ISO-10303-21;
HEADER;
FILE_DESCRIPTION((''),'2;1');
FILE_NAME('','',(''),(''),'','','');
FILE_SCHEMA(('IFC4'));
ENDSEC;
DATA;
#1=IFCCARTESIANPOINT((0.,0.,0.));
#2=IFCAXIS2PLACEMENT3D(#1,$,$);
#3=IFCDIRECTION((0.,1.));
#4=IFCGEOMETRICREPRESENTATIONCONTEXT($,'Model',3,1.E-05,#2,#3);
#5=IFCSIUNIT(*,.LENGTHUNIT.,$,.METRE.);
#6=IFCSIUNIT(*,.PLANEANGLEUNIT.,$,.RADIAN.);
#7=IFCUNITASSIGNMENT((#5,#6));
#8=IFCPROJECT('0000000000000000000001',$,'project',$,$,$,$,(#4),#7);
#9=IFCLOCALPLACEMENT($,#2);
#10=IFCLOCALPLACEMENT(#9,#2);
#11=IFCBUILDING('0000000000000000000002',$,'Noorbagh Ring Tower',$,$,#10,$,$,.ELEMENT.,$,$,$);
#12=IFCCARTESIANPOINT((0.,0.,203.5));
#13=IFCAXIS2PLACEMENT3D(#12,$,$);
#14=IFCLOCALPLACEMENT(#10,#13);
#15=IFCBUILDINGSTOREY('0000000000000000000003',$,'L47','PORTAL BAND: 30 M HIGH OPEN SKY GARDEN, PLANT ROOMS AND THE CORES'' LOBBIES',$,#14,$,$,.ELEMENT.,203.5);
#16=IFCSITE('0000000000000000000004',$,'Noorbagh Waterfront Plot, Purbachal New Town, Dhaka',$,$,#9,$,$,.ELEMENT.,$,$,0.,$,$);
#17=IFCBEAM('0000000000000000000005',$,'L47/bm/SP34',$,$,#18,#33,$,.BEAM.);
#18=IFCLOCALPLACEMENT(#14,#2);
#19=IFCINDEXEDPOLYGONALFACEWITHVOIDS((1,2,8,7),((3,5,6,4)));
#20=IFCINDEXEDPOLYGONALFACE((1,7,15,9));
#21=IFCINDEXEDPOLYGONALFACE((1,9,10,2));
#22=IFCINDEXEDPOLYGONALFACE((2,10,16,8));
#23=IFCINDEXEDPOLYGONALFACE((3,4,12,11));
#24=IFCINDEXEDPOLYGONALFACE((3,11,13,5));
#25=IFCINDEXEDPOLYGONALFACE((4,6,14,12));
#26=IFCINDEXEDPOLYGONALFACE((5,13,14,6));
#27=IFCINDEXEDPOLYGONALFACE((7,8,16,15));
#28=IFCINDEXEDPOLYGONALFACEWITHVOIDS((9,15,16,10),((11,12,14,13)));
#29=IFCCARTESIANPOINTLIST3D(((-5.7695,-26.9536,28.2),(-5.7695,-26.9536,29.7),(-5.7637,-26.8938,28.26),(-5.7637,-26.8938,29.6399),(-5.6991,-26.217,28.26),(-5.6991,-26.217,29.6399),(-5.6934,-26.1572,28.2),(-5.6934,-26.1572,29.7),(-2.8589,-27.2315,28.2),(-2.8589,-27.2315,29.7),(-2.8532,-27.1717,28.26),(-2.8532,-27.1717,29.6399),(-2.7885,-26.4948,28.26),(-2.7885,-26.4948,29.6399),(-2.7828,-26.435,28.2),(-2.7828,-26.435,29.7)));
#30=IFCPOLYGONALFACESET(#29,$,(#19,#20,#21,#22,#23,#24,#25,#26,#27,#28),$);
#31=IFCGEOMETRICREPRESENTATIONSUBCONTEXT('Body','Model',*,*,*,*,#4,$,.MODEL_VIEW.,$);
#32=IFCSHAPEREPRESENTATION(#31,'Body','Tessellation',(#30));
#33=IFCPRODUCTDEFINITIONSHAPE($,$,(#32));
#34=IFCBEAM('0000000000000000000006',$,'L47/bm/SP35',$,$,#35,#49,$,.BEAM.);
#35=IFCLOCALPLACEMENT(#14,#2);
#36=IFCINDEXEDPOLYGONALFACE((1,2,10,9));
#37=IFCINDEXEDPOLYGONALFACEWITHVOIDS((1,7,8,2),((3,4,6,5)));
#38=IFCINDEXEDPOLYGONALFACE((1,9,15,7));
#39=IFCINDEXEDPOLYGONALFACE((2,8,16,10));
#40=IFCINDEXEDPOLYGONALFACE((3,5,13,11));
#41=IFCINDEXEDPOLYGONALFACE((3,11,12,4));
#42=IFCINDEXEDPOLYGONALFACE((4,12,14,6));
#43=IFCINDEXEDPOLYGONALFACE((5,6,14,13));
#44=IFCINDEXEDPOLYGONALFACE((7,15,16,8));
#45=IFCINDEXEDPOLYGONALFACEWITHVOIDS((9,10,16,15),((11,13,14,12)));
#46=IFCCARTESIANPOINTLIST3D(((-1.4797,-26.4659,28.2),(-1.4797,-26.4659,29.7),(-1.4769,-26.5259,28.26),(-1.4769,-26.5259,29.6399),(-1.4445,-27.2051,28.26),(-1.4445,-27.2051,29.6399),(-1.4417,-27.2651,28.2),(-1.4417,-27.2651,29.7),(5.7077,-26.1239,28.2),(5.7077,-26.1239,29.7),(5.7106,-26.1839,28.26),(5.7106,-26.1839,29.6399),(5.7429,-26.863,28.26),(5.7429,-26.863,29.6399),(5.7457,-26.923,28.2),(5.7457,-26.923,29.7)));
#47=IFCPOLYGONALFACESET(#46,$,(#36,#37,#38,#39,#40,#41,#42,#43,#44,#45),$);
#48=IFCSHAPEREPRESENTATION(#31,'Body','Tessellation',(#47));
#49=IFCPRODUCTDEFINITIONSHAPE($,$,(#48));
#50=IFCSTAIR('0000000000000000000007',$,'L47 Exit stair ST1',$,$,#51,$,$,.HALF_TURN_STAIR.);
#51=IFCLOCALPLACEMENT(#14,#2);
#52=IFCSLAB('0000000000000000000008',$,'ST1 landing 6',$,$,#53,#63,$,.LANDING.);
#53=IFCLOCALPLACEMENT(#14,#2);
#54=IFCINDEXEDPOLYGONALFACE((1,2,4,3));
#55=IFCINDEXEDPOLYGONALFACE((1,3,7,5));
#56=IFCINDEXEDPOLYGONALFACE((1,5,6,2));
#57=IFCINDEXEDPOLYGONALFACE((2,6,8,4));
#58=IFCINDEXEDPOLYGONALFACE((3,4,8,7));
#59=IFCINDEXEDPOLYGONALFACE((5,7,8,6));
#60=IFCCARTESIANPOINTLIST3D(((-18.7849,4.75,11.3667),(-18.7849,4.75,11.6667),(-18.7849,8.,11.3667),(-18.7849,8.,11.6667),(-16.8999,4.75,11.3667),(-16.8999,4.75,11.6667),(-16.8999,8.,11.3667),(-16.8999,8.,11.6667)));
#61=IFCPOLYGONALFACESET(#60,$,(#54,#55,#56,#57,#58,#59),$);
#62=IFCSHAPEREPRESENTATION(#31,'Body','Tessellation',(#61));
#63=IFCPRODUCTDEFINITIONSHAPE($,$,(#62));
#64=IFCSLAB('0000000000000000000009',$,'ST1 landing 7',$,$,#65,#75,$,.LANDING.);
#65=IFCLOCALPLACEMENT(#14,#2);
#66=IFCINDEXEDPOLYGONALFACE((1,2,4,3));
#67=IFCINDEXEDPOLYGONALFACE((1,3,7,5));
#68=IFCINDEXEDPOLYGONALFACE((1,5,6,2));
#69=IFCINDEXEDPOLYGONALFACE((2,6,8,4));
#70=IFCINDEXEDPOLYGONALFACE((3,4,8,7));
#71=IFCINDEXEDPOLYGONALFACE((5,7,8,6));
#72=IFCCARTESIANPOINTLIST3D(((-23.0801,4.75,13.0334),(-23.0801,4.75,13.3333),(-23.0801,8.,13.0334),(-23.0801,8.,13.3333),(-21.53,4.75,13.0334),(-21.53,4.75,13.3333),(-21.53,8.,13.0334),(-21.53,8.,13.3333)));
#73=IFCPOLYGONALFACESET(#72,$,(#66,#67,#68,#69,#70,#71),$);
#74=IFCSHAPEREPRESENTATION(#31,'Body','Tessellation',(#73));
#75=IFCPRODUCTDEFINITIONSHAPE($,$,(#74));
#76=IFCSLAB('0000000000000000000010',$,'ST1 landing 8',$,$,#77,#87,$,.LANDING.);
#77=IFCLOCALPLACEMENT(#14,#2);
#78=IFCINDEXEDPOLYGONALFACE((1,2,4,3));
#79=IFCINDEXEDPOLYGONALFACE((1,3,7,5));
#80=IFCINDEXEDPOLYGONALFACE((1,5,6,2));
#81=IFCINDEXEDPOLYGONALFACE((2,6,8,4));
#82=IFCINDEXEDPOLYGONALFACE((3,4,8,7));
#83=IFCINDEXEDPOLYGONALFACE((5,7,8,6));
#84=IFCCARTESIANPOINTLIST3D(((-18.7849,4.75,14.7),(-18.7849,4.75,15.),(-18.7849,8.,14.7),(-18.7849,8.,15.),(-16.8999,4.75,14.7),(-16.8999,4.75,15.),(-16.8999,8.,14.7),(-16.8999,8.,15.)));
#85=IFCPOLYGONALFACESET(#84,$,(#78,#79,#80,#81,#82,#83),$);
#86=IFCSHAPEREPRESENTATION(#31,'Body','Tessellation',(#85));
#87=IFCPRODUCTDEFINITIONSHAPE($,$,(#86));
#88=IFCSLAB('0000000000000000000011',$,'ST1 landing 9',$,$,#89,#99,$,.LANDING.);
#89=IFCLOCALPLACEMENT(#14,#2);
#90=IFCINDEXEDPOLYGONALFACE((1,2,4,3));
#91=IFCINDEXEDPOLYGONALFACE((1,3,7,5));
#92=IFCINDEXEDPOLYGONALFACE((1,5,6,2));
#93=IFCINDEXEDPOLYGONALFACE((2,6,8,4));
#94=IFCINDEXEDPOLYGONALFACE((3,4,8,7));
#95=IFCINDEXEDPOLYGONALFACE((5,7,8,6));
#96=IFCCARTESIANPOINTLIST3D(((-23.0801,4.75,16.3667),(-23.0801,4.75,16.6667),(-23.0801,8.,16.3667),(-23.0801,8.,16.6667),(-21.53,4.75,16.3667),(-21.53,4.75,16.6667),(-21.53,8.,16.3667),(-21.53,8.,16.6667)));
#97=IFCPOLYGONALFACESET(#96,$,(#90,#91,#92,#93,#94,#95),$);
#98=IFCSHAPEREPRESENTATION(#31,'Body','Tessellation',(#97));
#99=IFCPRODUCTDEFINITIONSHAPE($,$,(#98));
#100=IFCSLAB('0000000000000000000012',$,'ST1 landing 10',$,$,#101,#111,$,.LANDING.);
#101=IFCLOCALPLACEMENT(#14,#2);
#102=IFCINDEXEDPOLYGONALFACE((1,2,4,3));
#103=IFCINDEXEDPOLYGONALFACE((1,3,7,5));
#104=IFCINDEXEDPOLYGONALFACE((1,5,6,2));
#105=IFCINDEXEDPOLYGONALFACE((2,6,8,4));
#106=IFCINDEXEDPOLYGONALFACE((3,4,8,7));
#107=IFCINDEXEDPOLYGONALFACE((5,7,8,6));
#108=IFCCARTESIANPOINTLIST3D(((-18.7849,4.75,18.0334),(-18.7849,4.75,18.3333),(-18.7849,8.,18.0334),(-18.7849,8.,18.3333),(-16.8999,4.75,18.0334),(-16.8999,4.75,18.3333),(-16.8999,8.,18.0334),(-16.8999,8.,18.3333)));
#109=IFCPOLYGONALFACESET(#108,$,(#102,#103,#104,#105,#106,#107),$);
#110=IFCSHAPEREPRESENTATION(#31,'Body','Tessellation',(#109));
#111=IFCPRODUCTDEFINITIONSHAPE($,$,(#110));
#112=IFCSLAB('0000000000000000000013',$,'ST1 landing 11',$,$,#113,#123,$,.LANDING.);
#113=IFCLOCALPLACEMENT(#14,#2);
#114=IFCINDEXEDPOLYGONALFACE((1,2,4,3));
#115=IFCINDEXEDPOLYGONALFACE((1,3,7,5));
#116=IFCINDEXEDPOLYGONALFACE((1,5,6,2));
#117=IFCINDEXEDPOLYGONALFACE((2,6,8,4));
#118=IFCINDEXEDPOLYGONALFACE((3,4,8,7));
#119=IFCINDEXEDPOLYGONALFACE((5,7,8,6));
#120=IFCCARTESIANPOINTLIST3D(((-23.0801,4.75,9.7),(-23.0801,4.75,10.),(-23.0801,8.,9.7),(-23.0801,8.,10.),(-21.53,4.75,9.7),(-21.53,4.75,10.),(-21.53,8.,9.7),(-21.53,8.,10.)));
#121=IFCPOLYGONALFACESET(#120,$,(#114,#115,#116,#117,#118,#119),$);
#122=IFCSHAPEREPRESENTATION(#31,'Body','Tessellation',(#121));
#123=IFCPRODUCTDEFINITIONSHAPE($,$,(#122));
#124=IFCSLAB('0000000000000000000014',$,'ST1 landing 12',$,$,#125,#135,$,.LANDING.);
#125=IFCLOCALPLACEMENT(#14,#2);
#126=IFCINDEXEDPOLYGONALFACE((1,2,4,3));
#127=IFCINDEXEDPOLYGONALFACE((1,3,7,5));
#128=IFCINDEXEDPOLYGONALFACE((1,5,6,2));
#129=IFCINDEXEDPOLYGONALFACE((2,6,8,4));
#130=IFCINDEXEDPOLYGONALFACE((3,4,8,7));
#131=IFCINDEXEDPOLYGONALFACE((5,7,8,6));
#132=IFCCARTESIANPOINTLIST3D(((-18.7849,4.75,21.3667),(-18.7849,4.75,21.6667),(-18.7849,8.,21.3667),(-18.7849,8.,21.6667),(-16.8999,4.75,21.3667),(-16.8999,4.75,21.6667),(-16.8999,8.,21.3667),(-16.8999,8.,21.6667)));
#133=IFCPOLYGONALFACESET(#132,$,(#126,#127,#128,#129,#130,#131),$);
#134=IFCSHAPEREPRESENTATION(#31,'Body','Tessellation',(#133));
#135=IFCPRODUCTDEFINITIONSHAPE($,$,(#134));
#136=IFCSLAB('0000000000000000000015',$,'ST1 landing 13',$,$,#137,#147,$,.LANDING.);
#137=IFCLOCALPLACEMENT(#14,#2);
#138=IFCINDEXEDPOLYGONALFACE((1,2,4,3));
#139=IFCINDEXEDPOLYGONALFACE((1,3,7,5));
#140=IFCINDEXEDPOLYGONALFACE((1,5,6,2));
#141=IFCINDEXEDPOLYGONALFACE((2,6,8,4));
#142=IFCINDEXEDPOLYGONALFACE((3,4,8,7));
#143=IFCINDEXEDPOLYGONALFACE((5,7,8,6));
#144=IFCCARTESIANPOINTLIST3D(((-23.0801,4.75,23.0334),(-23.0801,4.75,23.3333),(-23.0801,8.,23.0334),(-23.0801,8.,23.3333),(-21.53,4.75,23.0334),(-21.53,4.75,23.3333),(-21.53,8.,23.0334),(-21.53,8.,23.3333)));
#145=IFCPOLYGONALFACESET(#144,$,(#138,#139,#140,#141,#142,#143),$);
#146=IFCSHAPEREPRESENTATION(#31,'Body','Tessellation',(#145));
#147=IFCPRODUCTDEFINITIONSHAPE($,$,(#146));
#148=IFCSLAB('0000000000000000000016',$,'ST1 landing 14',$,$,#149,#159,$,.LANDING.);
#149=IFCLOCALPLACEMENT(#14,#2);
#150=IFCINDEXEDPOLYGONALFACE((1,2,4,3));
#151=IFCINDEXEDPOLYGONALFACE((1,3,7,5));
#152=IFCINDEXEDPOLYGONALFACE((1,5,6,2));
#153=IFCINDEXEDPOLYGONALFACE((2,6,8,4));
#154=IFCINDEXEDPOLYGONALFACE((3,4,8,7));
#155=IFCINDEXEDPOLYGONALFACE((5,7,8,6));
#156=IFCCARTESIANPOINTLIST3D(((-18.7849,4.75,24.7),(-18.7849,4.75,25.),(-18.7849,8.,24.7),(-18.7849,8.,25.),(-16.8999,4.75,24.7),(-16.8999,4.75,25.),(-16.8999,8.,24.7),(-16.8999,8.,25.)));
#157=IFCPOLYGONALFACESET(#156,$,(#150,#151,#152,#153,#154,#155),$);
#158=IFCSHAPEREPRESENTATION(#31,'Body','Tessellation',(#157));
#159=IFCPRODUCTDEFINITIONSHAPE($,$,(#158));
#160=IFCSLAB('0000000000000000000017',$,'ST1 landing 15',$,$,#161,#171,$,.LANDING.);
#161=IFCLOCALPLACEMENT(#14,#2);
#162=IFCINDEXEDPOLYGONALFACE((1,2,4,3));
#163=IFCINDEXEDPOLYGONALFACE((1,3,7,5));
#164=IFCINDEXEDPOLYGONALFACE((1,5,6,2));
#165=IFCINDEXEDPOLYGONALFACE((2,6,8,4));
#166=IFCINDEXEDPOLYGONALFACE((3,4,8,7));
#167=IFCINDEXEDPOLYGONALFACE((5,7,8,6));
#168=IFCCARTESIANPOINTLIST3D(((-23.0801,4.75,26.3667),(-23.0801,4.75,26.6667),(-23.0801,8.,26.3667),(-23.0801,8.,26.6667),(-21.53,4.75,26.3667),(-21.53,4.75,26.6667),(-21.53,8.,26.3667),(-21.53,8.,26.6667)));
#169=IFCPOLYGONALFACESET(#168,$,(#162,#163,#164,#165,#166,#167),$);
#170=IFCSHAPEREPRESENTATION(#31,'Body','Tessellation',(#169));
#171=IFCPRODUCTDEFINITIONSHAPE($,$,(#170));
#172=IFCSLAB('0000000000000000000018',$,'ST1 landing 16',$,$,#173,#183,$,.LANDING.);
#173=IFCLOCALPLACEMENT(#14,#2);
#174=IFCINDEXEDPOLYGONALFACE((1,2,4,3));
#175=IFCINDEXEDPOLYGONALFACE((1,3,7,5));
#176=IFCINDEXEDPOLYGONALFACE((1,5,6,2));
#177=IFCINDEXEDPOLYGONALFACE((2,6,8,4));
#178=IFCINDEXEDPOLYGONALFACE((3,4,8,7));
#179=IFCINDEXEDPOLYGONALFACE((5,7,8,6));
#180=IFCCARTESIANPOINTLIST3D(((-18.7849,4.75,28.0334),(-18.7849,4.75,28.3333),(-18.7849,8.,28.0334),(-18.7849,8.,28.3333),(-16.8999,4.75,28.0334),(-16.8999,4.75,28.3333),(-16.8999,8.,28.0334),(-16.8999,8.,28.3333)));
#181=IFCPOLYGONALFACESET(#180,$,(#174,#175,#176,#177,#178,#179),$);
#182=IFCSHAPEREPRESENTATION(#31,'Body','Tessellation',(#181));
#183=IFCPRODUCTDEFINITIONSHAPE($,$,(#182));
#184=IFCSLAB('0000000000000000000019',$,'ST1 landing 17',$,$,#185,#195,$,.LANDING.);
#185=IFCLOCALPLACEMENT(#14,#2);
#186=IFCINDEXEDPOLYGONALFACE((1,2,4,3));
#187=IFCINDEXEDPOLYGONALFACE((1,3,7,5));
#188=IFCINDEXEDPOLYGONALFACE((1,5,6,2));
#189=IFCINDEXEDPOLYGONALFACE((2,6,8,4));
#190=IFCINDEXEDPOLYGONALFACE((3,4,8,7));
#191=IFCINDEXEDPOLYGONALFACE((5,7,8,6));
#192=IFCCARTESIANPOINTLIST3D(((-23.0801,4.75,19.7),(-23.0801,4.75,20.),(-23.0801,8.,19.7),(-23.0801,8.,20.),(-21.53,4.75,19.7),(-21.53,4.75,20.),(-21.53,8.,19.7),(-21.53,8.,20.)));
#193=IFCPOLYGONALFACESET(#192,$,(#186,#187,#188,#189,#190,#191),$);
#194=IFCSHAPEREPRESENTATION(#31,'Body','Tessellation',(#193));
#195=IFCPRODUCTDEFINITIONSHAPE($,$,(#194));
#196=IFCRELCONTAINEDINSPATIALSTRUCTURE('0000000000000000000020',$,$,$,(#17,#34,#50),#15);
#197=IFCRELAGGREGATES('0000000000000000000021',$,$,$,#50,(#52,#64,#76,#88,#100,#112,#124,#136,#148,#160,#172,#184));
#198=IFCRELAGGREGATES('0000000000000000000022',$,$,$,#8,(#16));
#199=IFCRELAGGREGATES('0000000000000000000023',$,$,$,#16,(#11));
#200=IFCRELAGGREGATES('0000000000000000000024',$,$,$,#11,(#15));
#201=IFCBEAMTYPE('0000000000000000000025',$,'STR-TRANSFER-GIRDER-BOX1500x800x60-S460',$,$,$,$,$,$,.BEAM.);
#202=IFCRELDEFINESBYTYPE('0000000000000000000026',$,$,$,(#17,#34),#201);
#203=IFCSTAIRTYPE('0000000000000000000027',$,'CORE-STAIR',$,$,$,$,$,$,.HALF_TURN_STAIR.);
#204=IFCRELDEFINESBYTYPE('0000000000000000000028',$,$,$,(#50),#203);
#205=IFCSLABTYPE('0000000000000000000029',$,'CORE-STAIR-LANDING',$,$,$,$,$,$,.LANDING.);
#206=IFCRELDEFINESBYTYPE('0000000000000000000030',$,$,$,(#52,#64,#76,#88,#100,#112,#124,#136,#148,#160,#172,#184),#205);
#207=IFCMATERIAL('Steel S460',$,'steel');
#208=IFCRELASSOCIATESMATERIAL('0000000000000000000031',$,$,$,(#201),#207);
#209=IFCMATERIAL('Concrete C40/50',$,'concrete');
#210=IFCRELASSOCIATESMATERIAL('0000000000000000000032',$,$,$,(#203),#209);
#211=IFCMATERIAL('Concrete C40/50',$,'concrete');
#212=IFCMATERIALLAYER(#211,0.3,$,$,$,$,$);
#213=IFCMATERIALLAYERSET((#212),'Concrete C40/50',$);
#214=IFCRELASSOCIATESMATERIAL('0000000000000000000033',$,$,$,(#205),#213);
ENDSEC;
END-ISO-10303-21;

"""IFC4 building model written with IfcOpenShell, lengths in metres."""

from ifc_helpers import new_model, si_unit, direction, frame, origin, origin_2d, place, context, subcontext, project, spatial, polyline, hollow_rectangle, outline, extrude, material, layer, layer_set, material_profile, profile_set, type_object, element, aggregate, save


model = new_model("IFC4")

# Units and contexts
model_context = context("Model", 3, precision=1e-05, world=origin(), true_north=direction((0.0, 1.0)))
body_context = subcontext(model_context, "Body", "Model", "MODEL_VIEW")
ifc_project = project(units=[si_unit("LENGTHUNIT", "METRE"), si_unit("PLANEANGLEUNIT", "RADIAN")], contexts=[model_context])

# Site, building, storey
site_placement = place(None, origin())
site = spatial("IfcSite", under=ifc_project, at=site_placement, Name="Noorbagh Waterfront Plot, Purbachal New Town, Dhaka", CompositionType="ELEMENT", RefElevation=0.0)
building_placement = place(site_placement, origin())
building = spatial("IfcBuilding", under=site, at=building_placement, Name="Noorbagh Ring Tower", CompositionType="ELEMENT")
storey_placement = place(building_placement, frame((0.0, 0.0, 203.5)))
storey = spatial("IfcBuildingStorey", under=building, at=storey_placement, Name="L47", Description="PORTAL BAND: 30 M HIGH OPEN SKY GARDEN, PLANT ROOMS AND THE CORES' LOBBIES", CompositionType="ELEMENT", Elevation=203.5)

# Beams
ifc_material_1 = material(Name="Steel S460", Category="steel")
ifc_material_profile_1 = material_profile(ifc_material_1, hollow_rectangle(XDim=0.8, YDim=1.5, WallThickness=0.0601, at=origin_2d()), Name="BOX1500x800x60")
ifc_profile_set_1 = profile_set([ifc_material_profile_1], Name="Steel S460")
beam_type_1 = type_object("IfcBeamType", Name="STR-TRANSFER-GIRDER-BOX1500x800x60-S460", PredefinedType="BEAM", material=ifc_profile_set_1)
beam_1_placement = place(storey_placement, frame((-5.7314, -26.5554, 28.95), z_axis=(0.995475, -0.095022, 0.0), x_axis=(0.095022, 0.995475, 0.0)))
element("IfcBeam", 1, at=beam_1_placement, inside=storey, type_object=beam_type_1, Name="L47/bm/SP34", PredefinedType="BEAM", context=body_context, shape_type="SweptSolid", body=[
    extrude(hollow_rectangle(XDim=0.8, YDim=1.5, WallThickness=0.0601, at=origin_2d()), origin(), (0.0, 0.0, 1.0), 2.9238),
])
beam_2_placement = place(storey_placement, frame((-1.4607, -26.8655, 28.95), z_axis=(0.99887, 0.047535, 0.0), x_axis=(-0.047535, 0.99887, 0.0)))
element("IfcBeam", 2, at=beam_2_placement, inside=storey, type_object=beam_type_1, Name="L47/bm/SP35", PredefinedType="BEAM", context=body_context, shape_type="SweptSolid", body=[
    extrude(hollow_rectangle(XDim=0.8, YDim=1.5, WallThickness=0.0601, at=origin_2d()), origin(), (0.0, 0.0, 1.0), 7.1956),
])

# Stair, slabs
ifc_material_2 = material(Name="Concrete C40/50", Category="concrete")
stair_type = type_object("IfcStairType", Name="CORE-STAIR", PredefinedType="HALF_TURN_STAIR", material=ifc_material_2)
stair_1_placement = place(storey_placement, origin())
stair_1 = element("IfcStair", 3, at=stair_1_placement, inside=storey, type_object=stair_type, Name="L47 Exit stair ST1", PredefinedType="HALF_TURN_STAIR")
ifc_material_3 = material(Name="Concrete C40/50", Category="concrete")
ifc_layer = layer(ifc_material_3, 0.3)
ifc_layer_set = layer_set([ifc_layer], Name="Concrete C40/50")
slab_type = type_object("IfcSlabType", Name="CORE-STAIR-LANDING", PredefinedType="LANDING", material=ifc_layer_set)
slab_1_placement = place(storey_placement, frame((0.0, 0.0, 11.3667)))
slab_1 = element("IfcSlab", 4, at=slab_1_placement, type_object=slab_type, Name="ST1 landing 6", PredefinedType="LANDING", context=body_context, shape_type="SweptSolid", body=[
    extrude(outline(polyline([(-18.7849, 4.75), (-16.8999, 4.75), (-16.8999, 8.0), (-18.7849, 8.0), (-18.7849, 4.75)])), origin(), (0.0, 0.0, 1.0), 0.3),
])
slab_2_placement = place(storey_placement, frame((0.0, 0.0, 13.0334)))
slab_2 = element("IfcSlab", 5, at=slab_2_placement, type_object=slab_type, Name="ST1 landing 7", PredefinedType="LANDING", context=body_context, shape_type="SweptSolid", body=[
    extrude(outline(polyline([(-23.0801, 4.75), (-21.53, 4.75), (-21.53, 8.0), (-23.0801, 8.0), (-23.0801, 4.75)])), origin(), (0.0, 0.0, 1.0), 0.2998),
])
slab_3_placement = place(storey_placement, frame((0.0, 0.0, 14.7)))
slab_3 = element("IfcSlab", 6, at=slab_3_placement, type_object=slab_type, Name="ST1 landing 8", PredefinedType="LANDING", context=body_context, shape_type="SweptSolid", body=[
    extrude(outline(polyline([(-18.7849, 4.75), (-16.8999, 4.75), (-16.8999, 8.0), (-18.7849, 8.0), (-18.7849, 4.75)])), origin(), (0.0, 0.0, 1.0), 0.3),
])
slab_4_placement = place(storey_placement, frame((0.0, 0.0, 16.3667)))
slab_4 = element("IfcSlab", 7, at=slab_4_placement, type_object=slab_type, Name="ST1 landing 9", PredefinedType="LANDING", context=body_context, shape_type="SweptSolid", body=[
    extrude(outline(polyline([(-23.0801, 4.75), (-21.53, 4.75), (-21.53, 8.0), (-23.0801, 8.0), (-23.0801, 4.75)])), origin(), (0.0, 0.0, 1.0), 0.3),
])
slab_5_placement = place(storey_placement, frame((0.0, 0.0, 18.0334)))
slab_5 = element("IfcSlab", 8, at=slab_5_placement, type_object=slab_type, Name="ST1 landing 10", PredefinedType="LANDING", context=body_context, shape_type="SweptSolid", body=[
    extrude(outline(polyline([(-18.7849, 4.75), (-16.8999, 4.75), (-16.8999, 8.0), (-18.7849, 8.0), (-18.7849, 4.75)])), origin(), (0.0, 0.0, 1.0), 0.2998),
])
slab_6_placement = place(storey_placement, frame((0.0, 0.0, 9.7)))
slab_6 = element("IfcSlab", 9, at=slab_6_placement, type_object=slab_type, Name="ST1 landing 11", PredefinedType="LANDING", context=body_context, shape_type="SweptSolid", body=[
    extrude(outline(polyline([(-23.0801, 4.75), (-21.53, 4.75), (-21.53, 8.0), (-23.0801, 8.0), (-23.0801, 4.75)])), origin(), (0.0, 0.0, 1.0), 0.3),
])
slab_7_placement = place(storey_placement, frame((0.0, 0.0, 21.3667)))
slab_7 = element("IfcSlab", 10, at=slab_7_placement, type_object=slab_type, Name="ST1 landing 12", PredefinedType="LANDING", context=body_context, shape_type="SweptSolid", body=[
    extrude(outline(polyline([(-18.7849, 4.75), (-16.8999, 4.75), (-16.8999, 8.0), (-18.7849, 8.0), (-18.7849, 4.75)])), origin(), (0.0, 0.0, 1.0), 0.3),
])
slab_8_placement = place(storey_placement, frame((0.0, 0.0, 23.0334)))
slab_8 = element("IfcSlab", 11, at=slab_8_placement, type_object=slab_type, Name="ST1 landing 13", PredefinedType="LANDING", context=body_context, shape_type="SweptSolid", body=[
    extrude(outline(polyline([(-23.0801, 4.75), (-21.53, 4.75), (-21.53, 8.0), (-23.0801, 8.0), (-23.0801, 4.75)])), origin(), (0.0, 0.0, 1.0), 0.2998),
])
slab_9_placement = place(storey_placement, frame((0.0, 0.0, 24.7)))
slab_9 = element("IfcSlab", 12, at=slab_9_placement, type_object=slab_type, Name="ST1 landing 14", PredefinedType="LANDING", context=body_context, shape_type="SweptSolid", body=[
    extrude(outline(polyline([(-18.7849, 4.75), (-16.8999, 4.75), (-16.8999, 8.0), (-18.7849, 8.0), (-18.7849, 4.75)])), origin(), (0.0, 0.0, 1.0), 0.3),
])
slab_10_placement = place(storey_placement, frame((0.0, 0.0, 26.3667)))
slab_10 = element("IfcSlab", 13, at=slab_10_placement, type_object=slab_type, Name="ST1 landing 15", PredefinedType="LANDING", context=body_context, shape_type="SweptSolid", body=[
    extrude(outline(polyline([(-23.0801, 4.75), (-21.53, 4.75), (-21.53, 8.0), (-23.0801, 8.0), (-23.0801, 4.75)])), origin(), (0.0, 0.0, 1.0), 0.3),
])
slab_11_placement = place(storey_placement, frame((0.0, 0.0, 28.0334)))
slab_11 = element("IfcSlab", 14, at=slab_11_placement, type_object=slab_type, Name="ST1 landing 16", PredefinedType="LANDING", context=body_context, shape_type="SweptSolid", body=[
    extrude(outline(polyline([(-18.7849, 4.75), (-16.8999, 4.75), (-16.8999, 8.0), (-18.7849, 8.0), (-18.7849, 4.75)])), origin(), (0.0, 0.0, 1.0), 0.2998),
])
slab_12_placement = place(storey_placement, frame((0.0, 0.0, 19.7)))
slab_12 = element("IfcSlab", 15, at=slab_12_placement, type_object=slab_type, Name="ST1 landing 17", PredefinedType="LANDING", context=body_context, shape_type="SweptSolid", body=[
    extrude(outline(polyline([(-23.0801, 4.75), (-21.53, 4.75), (-21.53, 8.0), (-23.0801, 8.0), (-23.0801, 4.75)])), origin(), (0.0, 0.0, 1.0), 0.3),
])
aggregate(stair_1, [slab_1, slab_2, slab_3, slab_4, slab_5, slab_6, slab_7, slab_8, slab_9, slab_10, slab_11, slab_12])

save(model, "model.ifc")
